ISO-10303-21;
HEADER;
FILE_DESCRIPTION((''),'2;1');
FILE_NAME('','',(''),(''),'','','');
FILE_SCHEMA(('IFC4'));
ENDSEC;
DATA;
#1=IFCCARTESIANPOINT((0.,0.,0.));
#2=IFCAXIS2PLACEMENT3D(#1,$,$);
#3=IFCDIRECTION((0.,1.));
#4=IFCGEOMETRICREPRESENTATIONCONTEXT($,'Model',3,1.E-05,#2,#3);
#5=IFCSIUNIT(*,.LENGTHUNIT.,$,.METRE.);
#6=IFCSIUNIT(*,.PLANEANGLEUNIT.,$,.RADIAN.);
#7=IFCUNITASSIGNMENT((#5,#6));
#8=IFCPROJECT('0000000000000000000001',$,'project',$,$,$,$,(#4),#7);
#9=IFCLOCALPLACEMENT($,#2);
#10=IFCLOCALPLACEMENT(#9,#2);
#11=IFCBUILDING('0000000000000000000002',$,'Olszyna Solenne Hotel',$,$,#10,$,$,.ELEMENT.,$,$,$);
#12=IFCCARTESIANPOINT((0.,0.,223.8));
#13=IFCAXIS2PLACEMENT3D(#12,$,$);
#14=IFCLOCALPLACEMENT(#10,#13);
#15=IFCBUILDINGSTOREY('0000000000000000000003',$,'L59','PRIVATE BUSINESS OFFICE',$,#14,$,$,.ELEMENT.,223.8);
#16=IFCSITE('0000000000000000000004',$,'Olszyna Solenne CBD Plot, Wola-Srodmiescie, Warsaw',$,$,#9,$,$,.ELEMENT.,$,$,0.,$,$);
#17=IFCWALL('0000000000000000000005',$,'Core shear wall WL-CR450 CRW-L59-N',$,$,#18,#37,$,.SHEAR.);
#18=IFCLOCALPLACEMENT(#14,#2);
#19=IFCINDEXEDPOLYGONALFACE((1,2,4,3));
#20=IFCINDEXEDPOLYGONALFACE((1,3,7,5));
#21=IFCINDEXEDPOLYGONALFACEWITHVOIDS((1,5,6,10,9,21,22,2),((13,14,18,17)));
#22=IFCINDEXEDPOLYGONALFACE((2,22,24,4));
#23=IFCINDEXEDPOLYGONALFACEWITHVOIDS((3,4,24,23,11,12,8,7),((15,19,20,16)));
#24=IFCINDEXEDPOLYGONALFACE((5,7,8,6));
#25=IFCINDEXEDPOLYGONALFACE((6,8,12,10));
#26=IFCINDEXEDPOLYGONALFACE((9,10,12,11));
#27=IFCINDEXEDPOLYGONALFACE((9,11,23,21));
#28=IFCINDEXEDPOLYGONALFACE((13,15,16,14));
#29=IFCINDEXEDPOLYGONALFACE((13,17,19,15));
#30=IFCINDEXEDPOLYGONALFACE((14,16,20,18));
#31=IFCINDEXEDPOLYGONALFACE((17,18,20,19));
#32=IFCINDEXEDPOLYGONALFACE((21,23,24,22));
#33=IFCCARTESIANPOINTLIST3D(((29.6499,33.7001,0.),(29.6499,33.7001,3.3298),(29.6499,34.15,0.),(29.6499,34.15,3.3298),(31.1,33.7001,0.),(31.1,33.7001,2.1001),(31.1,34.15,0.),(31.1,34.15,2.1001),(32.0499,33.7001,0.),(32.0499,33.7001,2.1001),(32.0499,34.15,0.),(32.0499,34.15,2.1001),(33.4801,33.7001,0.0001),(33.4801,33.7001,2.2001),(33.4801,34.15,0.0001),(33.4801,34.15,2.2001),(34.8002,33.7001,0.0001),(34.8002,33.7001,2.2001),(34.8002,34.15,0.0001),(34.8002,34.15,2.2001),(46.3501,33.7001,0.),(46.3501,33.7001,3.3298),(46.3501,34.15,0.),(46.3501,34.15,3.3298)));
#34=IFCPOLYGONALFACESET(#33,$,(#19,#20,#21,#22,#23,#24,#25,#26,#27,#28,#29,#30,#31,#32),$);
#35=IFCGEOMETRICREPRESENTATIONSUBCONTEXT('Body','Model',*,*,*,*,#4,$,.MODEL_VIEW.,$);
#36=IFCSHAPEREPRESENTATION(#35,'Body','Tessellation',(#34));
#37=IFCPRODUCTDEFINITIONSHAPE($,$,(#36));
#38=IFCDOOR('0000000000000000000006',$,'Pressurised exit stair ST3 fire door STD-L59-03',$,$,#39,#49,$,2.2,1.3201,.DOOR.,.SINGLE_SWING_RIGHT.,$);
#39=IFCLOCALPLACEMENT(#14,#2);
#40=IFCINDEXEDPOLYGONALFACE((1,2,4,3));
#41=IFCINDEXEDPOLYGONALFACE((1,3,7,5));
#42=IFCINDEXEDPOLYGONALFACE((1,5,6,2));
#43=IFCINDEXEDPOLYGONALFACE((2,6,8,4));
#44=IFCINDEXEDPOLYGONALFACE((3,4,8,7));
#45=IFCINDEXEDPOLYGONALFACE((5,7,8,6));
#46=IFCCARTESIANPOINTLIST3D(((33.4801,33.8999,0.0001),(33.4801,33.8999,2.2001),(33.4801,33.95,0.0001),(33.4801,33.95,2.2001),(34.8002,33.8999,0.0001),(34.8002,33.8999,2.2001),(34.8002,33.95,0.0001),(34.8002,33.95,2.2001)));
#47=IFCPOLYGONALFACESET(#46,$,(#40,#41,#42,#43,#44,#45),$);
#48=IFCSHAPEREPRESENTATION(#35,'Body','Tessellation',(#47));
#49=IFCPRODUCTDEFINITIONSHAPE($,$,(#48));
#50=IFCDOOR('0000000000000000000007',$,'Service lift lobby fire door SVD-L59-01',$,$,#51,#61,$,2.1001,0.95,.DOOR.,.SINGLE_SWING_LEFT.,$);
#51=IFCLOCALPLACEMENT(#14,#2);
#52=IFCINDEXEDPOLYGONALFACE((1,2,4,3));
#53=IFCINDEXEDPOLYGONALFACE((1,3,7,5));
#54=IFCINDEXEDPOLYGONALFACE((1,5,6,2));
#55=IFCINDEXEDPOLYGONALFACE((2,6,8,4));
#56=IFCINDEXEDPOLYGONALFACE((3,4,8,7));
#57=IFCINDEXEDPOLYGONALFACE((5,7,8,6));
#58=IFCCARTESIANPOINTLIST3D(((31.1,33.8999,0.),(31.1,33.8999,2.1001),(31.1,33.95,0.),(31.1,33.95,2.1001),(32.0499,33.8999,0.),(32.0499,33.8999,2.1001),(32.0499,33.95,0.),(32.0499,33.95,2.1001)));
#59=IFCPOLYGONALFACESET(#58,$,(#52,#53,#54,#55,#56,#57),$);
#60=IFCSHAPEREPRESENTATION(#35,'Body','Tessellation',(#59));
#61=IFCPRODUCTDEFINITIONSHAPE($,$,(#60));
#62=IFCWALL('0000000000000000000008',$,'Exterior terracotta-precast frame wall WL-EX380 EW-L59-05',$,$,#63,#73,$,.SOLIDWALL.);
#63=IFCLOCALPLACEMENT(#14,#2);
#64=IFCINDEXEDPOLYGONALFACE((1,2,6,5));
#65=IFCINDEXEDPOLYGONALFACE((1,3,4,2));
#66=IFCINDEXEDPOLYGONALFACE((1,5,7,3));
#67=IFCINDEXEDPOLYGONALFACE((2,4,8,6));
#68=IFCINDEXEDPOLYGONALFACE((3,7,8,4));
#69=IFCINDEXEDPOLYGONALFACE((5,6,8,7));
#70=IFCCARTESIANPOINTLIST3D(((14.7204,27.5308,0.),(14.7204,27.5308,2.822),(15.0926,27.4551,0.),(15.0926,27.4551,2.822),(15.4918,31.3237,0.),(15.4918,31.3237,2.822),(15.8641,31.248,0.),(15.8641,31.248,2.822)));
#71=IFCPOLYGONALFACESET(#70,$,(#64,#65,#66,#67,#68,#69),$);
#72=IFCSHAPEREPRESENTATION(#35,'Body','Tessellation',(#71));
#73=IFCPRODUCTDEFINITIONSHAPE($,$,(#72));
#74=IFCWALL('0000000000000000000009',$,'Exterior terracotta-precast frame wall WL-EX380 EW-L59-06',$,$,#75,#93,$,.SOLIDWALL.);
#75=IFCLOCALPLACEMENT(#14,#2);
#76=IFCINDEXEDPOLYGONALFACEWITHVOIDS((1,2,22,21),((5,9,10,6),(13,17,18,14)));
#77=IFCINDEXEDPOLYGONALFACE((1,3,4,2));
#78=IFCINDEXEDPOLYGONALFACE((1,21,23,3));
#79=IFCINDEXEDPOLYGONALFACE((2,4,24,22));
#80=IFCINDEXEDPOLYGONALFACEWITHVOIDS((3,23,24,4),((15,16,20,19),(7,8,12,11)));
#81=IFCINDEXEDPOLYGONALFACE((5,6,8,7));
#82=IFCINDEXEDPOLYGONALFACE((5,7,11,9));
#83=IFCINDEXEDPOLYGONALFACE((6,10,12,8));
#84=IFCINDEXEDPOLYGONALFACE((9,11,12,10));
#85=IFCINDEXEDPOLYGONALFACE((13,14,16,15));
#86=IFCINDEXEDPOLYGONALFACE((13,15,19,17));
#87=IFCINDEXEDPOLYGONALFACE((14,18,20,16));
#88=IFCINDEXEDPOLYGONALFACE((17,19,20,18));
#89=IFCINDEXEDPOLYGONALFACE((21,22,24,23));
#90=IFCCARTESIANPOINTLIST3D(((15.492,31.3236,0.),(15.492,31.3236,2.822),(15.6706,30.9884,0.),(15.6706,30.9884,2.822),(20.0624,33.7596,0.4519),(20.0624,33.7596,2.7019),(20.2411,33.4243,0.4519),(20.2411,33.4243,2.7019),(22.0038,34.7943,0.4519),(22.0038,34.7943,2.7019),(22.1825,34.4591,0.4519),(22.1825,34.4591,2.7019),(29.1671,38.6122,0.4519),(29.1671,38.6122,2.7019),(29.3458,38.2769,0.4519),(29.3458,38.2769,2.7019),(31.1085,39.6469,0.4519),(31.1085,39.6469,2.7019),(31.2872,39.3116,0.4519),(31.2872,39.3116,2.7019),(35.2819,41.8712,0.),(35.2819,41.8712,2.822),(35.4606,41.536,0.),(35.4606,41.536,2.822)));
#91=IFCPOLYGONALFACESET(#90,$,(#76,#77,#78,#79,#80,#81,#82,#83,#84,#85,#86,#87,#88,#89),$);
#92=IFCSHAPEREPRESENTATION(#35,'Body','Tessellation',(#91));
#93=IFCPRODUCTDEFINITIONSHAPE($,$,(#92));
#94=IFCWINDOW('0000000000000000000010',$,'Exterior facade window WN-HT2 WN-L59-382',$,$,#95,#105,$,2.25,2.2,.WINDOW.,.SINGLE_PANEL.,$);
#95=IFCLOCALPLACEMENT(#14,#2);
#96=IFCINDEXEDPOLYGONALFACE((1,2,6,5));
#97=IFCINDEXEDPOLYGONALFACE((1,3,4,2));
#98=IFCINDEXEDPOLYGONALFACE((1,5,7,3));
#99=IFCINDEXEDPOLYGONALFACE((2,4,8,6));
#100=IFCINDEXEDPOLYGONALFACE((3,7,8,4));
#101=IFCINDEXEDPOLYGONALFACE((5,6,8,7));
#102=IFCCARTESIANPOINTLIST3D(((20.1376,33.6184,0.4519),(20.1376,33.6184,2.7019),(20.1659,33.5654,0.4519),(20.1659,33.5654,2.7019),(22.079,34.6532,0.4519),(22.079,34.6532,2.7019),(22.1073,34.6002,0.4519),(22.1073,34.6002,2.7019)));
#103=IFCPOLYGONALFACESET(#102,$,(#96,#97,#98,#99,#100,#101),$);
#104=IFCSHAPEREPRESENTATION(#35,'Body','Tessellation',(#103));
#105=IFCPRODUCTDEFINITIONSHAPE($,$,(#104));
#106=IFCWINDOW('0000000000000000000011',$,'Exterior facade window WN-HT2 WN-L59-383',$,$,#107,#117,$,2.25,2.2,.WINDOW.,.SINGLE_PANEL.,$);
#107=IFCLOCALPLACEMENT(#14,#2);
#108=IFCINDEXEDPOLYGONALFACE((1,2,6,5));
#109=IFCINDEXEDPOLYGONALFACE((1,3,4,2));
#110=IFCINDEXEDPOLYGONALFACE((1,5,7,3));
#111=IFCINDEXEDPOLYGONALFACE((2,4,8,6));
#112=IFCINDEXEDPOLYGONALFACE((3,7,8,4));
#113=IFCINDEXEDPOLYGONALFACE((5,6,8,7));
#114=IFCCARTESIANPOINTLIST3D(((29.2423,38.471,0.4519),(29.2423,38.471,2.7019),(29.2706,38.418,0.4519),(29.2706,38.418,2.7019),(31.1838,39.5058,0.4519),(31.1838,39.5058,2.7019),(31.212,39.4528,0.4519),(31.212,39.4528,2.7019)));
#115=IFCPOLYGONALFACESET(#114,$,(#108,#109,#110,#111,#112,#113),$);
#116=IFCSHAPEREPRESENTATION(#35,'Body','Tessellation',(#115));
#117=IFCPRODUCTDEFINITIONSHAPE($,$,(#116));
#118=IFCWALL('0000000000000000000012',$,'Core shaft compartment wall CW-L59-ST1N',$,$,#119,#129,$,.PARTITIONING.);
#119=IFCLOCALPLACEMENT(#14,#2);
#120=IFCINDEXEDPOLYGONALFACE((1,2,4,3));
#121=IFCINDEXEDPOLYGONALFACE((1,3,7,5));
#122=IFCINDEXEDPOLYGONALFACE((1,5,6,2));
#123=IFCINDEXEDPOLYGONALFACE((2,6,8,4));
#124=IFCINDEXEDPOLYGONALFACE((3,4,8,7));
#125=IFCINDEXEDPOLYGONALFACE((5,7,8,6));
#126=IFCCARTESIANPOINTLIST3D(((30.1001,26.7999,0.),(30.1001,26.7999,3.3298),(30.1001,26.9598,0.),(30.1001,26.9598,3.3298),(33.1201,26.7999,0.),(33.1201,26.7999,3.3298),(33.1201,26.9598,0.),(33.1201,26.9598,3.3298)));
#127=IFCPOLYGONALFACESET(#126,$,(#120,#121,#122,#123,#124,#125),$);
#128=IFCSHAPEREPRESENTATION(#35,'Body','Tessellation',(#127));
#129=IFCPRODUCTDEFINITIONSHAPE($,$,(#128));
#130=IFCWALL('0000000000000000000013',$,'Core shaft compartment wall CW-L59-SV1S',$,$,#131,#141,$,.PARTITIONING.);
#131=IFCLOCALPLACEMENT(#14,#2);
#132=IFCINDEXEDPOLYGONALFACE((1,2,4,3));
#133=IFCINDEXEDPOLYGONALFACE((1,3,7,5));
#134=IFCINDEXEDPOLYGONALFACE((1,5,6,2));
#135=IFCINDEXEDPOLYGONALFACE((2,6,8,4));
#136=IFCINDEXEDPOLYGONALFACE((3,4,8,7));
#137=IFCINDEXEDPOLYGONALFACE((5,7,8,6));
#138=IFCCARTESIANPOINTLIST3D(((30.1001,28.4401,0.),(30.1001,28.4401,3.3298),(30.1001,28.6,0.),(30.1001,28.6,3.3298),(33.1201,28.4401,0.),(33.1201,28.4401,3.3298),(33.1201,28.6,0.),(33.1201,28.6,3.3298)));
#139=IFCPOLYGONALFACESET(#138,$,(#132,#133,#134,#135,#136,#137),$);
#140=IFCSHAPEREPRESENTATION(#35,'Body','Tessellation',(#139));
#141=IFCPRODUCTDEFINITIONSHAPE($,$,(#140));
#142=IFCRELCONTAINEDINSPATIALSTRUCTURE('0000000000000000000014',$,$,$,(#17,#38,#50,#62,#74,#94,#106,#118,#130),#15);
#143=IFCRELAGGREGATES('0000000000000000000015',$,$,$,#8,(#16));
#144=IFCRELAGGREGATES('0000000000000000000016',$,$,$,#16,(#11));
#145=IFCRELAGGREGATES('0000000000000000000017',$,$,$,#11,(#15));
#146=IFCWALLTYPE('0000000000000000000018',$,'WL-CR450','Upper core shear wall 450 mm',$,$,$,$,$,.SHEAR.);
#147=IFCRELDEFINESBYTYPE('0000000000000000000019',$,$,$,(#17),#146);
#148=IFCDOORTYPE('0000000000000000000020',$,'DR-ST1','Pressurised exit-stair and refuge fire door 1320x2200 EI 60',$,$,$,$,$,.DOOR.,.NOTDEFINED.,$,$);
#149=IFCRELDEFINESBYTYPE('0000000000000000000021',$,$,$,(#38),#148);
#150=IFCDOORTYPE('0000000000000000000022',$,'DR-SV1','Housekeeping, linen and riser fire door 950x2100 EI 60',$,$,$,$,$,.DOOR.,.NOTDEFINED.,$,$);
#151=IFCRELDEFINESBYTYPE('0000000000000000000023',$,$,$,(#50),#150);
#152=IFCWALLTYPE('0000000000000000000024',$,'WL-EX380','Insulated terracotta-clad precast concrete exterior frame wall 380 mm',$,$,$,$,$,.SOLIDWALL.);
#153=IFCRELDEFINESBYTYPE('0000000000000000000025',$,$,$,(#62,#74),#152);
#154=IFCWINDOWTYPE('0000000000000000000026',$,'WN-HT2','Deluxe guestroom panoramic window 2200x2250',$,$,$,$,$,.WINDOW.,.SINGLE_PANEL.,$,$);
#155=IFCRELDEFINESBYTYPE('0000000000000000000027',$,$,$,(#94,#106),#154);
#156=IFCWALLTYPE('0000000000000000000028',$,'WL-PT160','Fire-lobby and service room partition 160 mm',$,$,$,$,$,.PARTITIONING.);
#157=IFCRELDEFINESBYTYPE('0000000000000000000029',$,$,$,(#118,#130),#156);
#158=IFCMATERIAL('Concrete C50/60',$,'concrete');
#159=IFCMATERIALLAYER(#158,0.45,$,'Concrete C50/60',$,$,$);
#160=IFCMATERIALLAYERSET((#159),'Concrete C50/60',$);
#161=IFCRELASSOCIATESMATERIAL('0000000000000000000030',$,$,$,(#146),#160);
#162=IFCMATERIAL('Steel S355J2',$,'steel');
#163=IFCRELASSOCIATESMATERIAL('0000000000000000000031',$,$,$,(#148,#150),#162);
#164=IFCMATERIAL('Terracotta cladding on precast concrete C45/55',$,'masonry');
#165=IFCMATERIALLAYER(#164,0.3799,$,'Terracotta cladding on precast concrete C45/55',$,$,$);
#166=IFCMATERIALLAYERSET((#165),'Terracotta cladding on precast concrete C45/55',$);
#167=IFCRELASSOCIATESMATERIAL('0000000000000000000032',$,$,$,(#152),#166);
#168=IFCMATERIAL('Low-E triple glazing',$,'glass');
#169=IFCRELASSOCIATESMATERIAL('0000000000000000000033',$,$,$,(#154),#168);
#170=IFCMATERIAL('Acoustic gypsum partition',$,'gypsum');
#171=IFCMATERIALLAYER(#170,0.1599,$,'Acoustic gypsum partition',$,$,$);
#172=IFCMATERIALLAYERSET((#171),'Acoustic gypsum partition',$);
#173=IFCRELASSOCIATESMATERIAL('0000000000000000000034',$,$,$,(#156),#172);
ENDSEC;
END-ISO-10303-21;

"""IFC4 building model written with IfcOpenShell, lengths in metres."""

from ifc_helpers import new_model, si_unit, direction, frame, frame_2d, origin, place, context, subcontext, project, spatial, rectangle, extrude, source, transform, mapped, material, layer, layer_set, type_object, type_shapes, element, fill, save


model = new_model("IFC4")

# Units and contexts
model_context = context("Model", 3, precision=1e-05, world=origin(), true_north=direction((0.0, 1.0)))
body_context = subcontext(model_context, "Body", "Model", "MODEL_VIEW")
ifc_project = project(units=[si_unit("LENGTHUNIT", "METRE"), si_unit("PLANEANGLEUNIT", "RADIAN")], contexts=[model_context])

# Site, building, storey
site_placement = place(None, origin())
site = spatial("IfcSite", under=ifc_project, at=site_placement, Name="Olszyna Solenne CBD Plot, Wola-Srodmiescie, Warsaw", CompositionType="ELEMENT", RefElevation=0.0)
building_placement = place(site_placement, origin())
building = spatial("IfcBuilding", under=site, at=building_placement, Name="Olszyna Solenne Hotel", CompositionType="ELEMENT")
storey_placement = place(building_placement, frame((0.0, 0.0, 223.8)))
storey = spatial("IfcBuildingStorey", under=building, at=storey_placement, Name="L59", Description="PRIVATE BUSINESS OFFICE", CompositionType="ELEMENT", Elevation=223.8)

# Shared definitions
ifc_material_1 = material(Name="Steel S355J2", Category="steel")

# Wall, openings, doors
ifc_material_2 = material(Name="Concrete C50/60", Category="concrete")
ifc_layer_1 = layer(ifc_material_2, 0.45, Name="Concrete C50/60")
ifc_layer_set_1 = layer_set([ifc_layer_1], Name="Concrete C50/60")
wall_type_1 = type_object("IfcWallType", Name="WL-CR450", Description="Upper core shear wall 450 mm", PredefinedType="SHEAR", material=ifc_layer_set_1)
wall_1_placement = place(storey_placement, frame((29.6499, 33.925, 0.0), z_axis=(0.0, 0.0, 1.0), x_axis=(1.0, 0.0, 0.0)))
wall_1 = element("IfcWall", 1, at=wall_1_placement, inside=storey, type_object=wall_type_1, Name="Core shear wall WL-CR450 CRW-L59-N", PredefinedType="SHEAR", context=body_context, shape_type="SweptSolid", body=[
    extrude(rectangle(XDim=16.7002, YDim=0.45, at=frame_2d((8.3501, 0.0))), origin(), (0.0, 0.0, 1.0), 3.3298),
])
opening_1_placement = place(wall_1_placement, frame((1.45, 0.0, 0.0)))
opening_1 = element("IfcOpeningElement", 2, at=opening_1_placement, cuts=wall_1, PredefinedType="OPENING", context=body_context, shape_type="SweptSolid", body=[
    extrude(rectangle(XDim=0.95, YDim=2.1001, at=frame_2d((0.4751, 1.05))), frame((0.0, 0.2349, 0.0), z_axis=(0.0, -1.0, 0.0), x_axis=(1.0, 0.0, 0.0)), (0.0, 0.0, 1.0), 0.47),
])
opening_2_placement = place(wall_1_placement, frame((3.8301, 0.0, 0.0)))
opening_2 = element("IfcOpeningElement", 3, at=opening_2_placement, cuts=wall_1, PredefinedType="OPENING", context=body_context, shape_type="SweptSolid", body=[
    extrude(rectangle(XDim=1.3201, YDim=2.2, at=frame_2d((0.6602, 1.1001))), frame((0.0, 0.2349, 0.0), z_axis=(0.0, -1.0, 0.0), x_axis=(1.0, 0.0, 0.0)), (0.0, 0.0, 1.0), 0.47),
])
door_type_1 = type_object("IfcDoorType", Name="DR-ST1", Description="Pressurised exit-stair and refuge fire door 1320x2200 EI 60", OperationType="NOTDEFINED", PredefinedType="DOOR", material=ifc_material_1)
shared_shape_1 = source(origin(), body_context, "Body", "SweptSolid", [
    extrude(rectangle(XDim=1.3201, YDim=2.2, at=frame_2d((0.6602, 1.1001))), frame((0.0, 0.0249, 0.0), z_axis=(0.0, -1.0, 0.0), x_axis=(1.0, 0.0, 0.0)), (0.0, 0.0, 1.0), 0.05),
])
type_shapes(door_type_1, [shared_shape_1])
door_1_placement = place(opening_2_placement, origin())
door_1 = element("IfcDoor", 4, at=door_1_placement, inside=storey, type_object=door_type_1, Name="Pressurised exit stair ST3 fire door STD-L59-03", OperationType="SINGLE_SWING_RIGHT", OverallHeight=2.2, OverallWidth=1.3201, PredefinedType="DOOR", context=body_context, shape_type="MappedRepresentation", body=[
    mapped(shared_shape_1, transform((0.0, 0.0, 0.0), x_axis=(1.0, 0.0, 0.0), y_axis=(0.0, 1.0, 0.0), z_axis=(0.0, 0.0, 1.0), scale=1.0)),
])
fill(opening_2, door_1)
door_type_2 = type_object("IfcDoorType", Name="DR-SV1", Description="Housekeeping, linen and riser fire door 950x2100 EI 60", OperationType="NOTDEFINED", PredefinedType="DOOR", material=ifc_material_1)
shared_shape_2 = source(origin(), body_context, "Body", "SweptSolid", [
    extrude(rectangle(XDim=0.95, YDim=2.1001, at=frame_2d((0.4751, 1.05))), frame((0.0, 0.0249, 0.0), z_axis=(0.0, -1.0, 0.0), x_axis=(1.0, 0.0, 0.0)), (0.0, 0.0, 1.0), 0.05),
])
type_shapes(door_type_2, [shared_shape_2])
door_2_placement = place(opening_1_placement, origin())
door_2 = element("IfcDoor", 5, at=door_2_placement, inside=storey, type_object=door_type_2, Name="Service lift lobby fire door SVD-L59-01", OperationType="SINGLE_SWING_LEFT", OverallHeight=2.1001, OverallWidth=0.95, PredefinedType="DOOR", context=body_context, shape_type="MappedRepresentation", body=[
    mapped(shared_shape_2, transform((0.0, 0.0, 0.0), x_axis=(1.0, 0.0, 0.0), y_axis=(0.0, 1.0, 0.0), z_axis=(0.0, 0.0, 1.0), scale=1.0)),
])
fill(opening_1, door_2)

# Wall
ifc_material_3 = material(Name="Terracotta cladding on precast concrete C45/55", Category="masonry")
ifc_layer_2 = layer(ifc_material_3, 0.3799, Name="Terracotta cladding on precast concrete C45/55")
ifc_layer_set_2 = layer_set([ifc_layer_2], Name="Terracotta cladding on precast concrete C45/55")
wall_type_2 = type_object("IfcWallType", Name="WL-EX380", Description="Insulated terracotta-clad precast concrete exterior frame wall 380 mm", PredefinedType="SOLIDWALL", material=ifc_layer_set_2)
wall_2_placement = place(storey_placement, frame((14.9065, 27.4929, 0.0), z_axis=(0.0, 0.0, 1.0), x_axis=(0.199317, 0.979935, 0.0)))
element("IfcWall", 6, at=wall_2_placement, inside=storey, type_object=wall_type_2, Name="Exterior terracotta-precast frame wall WL-EX380 EW-L59-05", PredefinedType="SOLIDWALL", context=body_context, shape_type="SweptSolid", body=[
    extrude(rectangle(XDim=3.8706, YDim=0.3799, at=frame_2d((1.9353, 0.0))), origin(), (0.0, 0.0, 1.0), 2.822),
])

# Wall, openings, windows
wall_3_placement = place(storey_placement, frame((15.5813, 31.156, 0.0), z_axis=(0.0, 0.0, 1.0), x_axis=(0.882484, 0.470342, 0.0)))
wall_3 = element("IfcWall", 7, at=wall_3_placement, inside=storey, type_object=wall_type_2, Name="Exterior terracotta-precast frame wall WL-EX380 EW-L59-06", PredefinedType="SOLIDWALL", context=body_context, shape_type="SweptSolid", body=[
    extrude(rectangle(XDim=22.4253, YDim=0.3799, at=frame_2d((11.2126, 0.0))), origin(), (0.0, 0.0, 1.0), 2.822),
])
opening_3_placement = place(wall_3_placement, frame((5.179, 0.0, 0.4519)))
opening_3 = element("IfcOpeningElement", 8, at=opening_3_placement, cuts=wall_3, PredefinedType="OPENING", context=body_context, shape_type="SweptSolid", body=[
    extrude(rectangle(XDim=2.2, YDim=2.25, at=frame_2d((1.1001, 1.125))), frame((0.0, 0.2, 0.0), z_axis=(0.0, -1.0, 0.0), x_axis=(1.0, 0.0, 0.0)), (0.0, 0.0, 1.0), 0.3999),
])
opening_4_placement = place(wall_3_placement, frame((15.4961, 0.0, 0.4519)))
opening_4 = element("IfcOpeningElement", 9, at=opening_4_placement, cuts=wall_3, PredefinedType="OPENING", context=body_context, shape_type="SweptSolid", body=[
    extrude(rectangle(XDim=2.2, YDim=2.25, at=frame_2d((1.1001, 1.125))), frame((0.0, 0.2, 0.0), z_axis=(0.0, -1.0, 0.0), x_axis=(1.0, 0.0, 0.0)), (0.0, 0.0, 1.0), 0.3999),
])
ifc_material_4 = material(Name="Low-E triple glazing", Category="glass")
window_type = type_object("IfcWindowType", Name="WN-HT2", Description="Deluxe guestroom panoramic window 2200x2250", PartitioningType="SINGLE_PANEL", PredefinedType="WINDOW", material=ifc_material_4)
shared_shape_3 = source(origin(), body_context, "Body", "SweptSolid", [
    extrude(rectangle(XDim=2.2, YDim=2.25, at=frame_2d((1.1001, 1.125))), frame((0.0, 0.03, 0.0), z_axis=(0.0, -1.0, 0.0), x_axis=(1.0, 0.0, 0.0)), (0.0, 0.0, 1.0), 0.0601),
])
type_shapes(window_type, [shared_shape_3])
window_1_placement = place(opening_3_placement, origin())
window_1 = element("IfcWindow", 10, at=window_1_placement, inside=storey, type_object=window_type, Name="Exterior facade window WN-HT2 WN-L59-382", OverallHeight=2.25, OverallWidth=2.2, PartitioningType="SINGLE_PANEL", PredefinedType="WINDOW", context=body_context, shape_type="MappedRepresentation", body=[
    mapped(shared_shape_3, transform((0.0, 0.0, 0.0), x_axis=(1.0, 0.0, 0.0), y_axis=(0.0, 1.0, 0.0), z_axis=(0.0, 0.0, 1.0), scale=1.0)),
])
fill(opening_3, window_1)
window_2_placement = place(opening_4_placement, origin())
window_2 = element("IfcWindow", 11, at=window_2_placement, inside=storey, type_object=window_type, Name="Exterior facade window WN-HT2 WN-L59-383", OverallHeight=2.25, OverallWidth=2.2, PartitioningType="SINGLE_PANEL", PredefinedType="WINDOW", context=body_context, shape_type="MappedRepresentation", body=[
    mapped(shared_shape_3, transform((0.0, 0.0, 0.0), x_axis=(1.0, 0.0, 0.0), y_axis=(0.0, 1.0, 0.0), z_axis=(0.0, 0.0, 1.0), scale=1.0)),
])
fill(opening_4, window_2)

# Walls
ifc_material_5 = material(Name="Acoustic gypsum partition", Category="gypsum")
ifc_layer_3 = layer(ifc_material_5, 0.1599, Name="Acoustic gypsum partition")
ifc_layer_set_3 = layer_set([ifc_layer_3], Name="Acoustic gypsum partition")
wall_type_3 = type_object("IfcWallType", Name="WL-PT160", Description="Fire-lobby and service room partition 160 mm", PredefinedType="PARTITIONING", material=ifc_layer_set_3)
for number, where, z_axis, x_axis, name in (
    (12, (30.1001, 26.8799, 0.0), (0.0, 0.0, 1.0), (1.0, 0.0, 0.0), "Core shaft compartment wall CW-L59-ST1N"),
    (13, (30.1001, 28.52, 0.0), (0.0, 0.0, 1.0), (1.0, 0.0, 0.0), "Core shaft compartment wall CW-L59-SV1S"),
):
    element("IfcWall", number, at=place(storey_placement, frame(where, z_axis=z_axis, x_axis=x_axis)), inside=storey, type_object=wall_type_3, Name=name, PredefinedType="PARTITIONING", context=body_context, shape_type="SweptSolid", body=[
        extrude(rectangle(XDim=3.02, YDim=0.1599, at=frame_2d((1.51, 0.0))), origin(), (0.0, 0.0, 1.0), 3.3298),
    ])

save(model, "model.ifc")
